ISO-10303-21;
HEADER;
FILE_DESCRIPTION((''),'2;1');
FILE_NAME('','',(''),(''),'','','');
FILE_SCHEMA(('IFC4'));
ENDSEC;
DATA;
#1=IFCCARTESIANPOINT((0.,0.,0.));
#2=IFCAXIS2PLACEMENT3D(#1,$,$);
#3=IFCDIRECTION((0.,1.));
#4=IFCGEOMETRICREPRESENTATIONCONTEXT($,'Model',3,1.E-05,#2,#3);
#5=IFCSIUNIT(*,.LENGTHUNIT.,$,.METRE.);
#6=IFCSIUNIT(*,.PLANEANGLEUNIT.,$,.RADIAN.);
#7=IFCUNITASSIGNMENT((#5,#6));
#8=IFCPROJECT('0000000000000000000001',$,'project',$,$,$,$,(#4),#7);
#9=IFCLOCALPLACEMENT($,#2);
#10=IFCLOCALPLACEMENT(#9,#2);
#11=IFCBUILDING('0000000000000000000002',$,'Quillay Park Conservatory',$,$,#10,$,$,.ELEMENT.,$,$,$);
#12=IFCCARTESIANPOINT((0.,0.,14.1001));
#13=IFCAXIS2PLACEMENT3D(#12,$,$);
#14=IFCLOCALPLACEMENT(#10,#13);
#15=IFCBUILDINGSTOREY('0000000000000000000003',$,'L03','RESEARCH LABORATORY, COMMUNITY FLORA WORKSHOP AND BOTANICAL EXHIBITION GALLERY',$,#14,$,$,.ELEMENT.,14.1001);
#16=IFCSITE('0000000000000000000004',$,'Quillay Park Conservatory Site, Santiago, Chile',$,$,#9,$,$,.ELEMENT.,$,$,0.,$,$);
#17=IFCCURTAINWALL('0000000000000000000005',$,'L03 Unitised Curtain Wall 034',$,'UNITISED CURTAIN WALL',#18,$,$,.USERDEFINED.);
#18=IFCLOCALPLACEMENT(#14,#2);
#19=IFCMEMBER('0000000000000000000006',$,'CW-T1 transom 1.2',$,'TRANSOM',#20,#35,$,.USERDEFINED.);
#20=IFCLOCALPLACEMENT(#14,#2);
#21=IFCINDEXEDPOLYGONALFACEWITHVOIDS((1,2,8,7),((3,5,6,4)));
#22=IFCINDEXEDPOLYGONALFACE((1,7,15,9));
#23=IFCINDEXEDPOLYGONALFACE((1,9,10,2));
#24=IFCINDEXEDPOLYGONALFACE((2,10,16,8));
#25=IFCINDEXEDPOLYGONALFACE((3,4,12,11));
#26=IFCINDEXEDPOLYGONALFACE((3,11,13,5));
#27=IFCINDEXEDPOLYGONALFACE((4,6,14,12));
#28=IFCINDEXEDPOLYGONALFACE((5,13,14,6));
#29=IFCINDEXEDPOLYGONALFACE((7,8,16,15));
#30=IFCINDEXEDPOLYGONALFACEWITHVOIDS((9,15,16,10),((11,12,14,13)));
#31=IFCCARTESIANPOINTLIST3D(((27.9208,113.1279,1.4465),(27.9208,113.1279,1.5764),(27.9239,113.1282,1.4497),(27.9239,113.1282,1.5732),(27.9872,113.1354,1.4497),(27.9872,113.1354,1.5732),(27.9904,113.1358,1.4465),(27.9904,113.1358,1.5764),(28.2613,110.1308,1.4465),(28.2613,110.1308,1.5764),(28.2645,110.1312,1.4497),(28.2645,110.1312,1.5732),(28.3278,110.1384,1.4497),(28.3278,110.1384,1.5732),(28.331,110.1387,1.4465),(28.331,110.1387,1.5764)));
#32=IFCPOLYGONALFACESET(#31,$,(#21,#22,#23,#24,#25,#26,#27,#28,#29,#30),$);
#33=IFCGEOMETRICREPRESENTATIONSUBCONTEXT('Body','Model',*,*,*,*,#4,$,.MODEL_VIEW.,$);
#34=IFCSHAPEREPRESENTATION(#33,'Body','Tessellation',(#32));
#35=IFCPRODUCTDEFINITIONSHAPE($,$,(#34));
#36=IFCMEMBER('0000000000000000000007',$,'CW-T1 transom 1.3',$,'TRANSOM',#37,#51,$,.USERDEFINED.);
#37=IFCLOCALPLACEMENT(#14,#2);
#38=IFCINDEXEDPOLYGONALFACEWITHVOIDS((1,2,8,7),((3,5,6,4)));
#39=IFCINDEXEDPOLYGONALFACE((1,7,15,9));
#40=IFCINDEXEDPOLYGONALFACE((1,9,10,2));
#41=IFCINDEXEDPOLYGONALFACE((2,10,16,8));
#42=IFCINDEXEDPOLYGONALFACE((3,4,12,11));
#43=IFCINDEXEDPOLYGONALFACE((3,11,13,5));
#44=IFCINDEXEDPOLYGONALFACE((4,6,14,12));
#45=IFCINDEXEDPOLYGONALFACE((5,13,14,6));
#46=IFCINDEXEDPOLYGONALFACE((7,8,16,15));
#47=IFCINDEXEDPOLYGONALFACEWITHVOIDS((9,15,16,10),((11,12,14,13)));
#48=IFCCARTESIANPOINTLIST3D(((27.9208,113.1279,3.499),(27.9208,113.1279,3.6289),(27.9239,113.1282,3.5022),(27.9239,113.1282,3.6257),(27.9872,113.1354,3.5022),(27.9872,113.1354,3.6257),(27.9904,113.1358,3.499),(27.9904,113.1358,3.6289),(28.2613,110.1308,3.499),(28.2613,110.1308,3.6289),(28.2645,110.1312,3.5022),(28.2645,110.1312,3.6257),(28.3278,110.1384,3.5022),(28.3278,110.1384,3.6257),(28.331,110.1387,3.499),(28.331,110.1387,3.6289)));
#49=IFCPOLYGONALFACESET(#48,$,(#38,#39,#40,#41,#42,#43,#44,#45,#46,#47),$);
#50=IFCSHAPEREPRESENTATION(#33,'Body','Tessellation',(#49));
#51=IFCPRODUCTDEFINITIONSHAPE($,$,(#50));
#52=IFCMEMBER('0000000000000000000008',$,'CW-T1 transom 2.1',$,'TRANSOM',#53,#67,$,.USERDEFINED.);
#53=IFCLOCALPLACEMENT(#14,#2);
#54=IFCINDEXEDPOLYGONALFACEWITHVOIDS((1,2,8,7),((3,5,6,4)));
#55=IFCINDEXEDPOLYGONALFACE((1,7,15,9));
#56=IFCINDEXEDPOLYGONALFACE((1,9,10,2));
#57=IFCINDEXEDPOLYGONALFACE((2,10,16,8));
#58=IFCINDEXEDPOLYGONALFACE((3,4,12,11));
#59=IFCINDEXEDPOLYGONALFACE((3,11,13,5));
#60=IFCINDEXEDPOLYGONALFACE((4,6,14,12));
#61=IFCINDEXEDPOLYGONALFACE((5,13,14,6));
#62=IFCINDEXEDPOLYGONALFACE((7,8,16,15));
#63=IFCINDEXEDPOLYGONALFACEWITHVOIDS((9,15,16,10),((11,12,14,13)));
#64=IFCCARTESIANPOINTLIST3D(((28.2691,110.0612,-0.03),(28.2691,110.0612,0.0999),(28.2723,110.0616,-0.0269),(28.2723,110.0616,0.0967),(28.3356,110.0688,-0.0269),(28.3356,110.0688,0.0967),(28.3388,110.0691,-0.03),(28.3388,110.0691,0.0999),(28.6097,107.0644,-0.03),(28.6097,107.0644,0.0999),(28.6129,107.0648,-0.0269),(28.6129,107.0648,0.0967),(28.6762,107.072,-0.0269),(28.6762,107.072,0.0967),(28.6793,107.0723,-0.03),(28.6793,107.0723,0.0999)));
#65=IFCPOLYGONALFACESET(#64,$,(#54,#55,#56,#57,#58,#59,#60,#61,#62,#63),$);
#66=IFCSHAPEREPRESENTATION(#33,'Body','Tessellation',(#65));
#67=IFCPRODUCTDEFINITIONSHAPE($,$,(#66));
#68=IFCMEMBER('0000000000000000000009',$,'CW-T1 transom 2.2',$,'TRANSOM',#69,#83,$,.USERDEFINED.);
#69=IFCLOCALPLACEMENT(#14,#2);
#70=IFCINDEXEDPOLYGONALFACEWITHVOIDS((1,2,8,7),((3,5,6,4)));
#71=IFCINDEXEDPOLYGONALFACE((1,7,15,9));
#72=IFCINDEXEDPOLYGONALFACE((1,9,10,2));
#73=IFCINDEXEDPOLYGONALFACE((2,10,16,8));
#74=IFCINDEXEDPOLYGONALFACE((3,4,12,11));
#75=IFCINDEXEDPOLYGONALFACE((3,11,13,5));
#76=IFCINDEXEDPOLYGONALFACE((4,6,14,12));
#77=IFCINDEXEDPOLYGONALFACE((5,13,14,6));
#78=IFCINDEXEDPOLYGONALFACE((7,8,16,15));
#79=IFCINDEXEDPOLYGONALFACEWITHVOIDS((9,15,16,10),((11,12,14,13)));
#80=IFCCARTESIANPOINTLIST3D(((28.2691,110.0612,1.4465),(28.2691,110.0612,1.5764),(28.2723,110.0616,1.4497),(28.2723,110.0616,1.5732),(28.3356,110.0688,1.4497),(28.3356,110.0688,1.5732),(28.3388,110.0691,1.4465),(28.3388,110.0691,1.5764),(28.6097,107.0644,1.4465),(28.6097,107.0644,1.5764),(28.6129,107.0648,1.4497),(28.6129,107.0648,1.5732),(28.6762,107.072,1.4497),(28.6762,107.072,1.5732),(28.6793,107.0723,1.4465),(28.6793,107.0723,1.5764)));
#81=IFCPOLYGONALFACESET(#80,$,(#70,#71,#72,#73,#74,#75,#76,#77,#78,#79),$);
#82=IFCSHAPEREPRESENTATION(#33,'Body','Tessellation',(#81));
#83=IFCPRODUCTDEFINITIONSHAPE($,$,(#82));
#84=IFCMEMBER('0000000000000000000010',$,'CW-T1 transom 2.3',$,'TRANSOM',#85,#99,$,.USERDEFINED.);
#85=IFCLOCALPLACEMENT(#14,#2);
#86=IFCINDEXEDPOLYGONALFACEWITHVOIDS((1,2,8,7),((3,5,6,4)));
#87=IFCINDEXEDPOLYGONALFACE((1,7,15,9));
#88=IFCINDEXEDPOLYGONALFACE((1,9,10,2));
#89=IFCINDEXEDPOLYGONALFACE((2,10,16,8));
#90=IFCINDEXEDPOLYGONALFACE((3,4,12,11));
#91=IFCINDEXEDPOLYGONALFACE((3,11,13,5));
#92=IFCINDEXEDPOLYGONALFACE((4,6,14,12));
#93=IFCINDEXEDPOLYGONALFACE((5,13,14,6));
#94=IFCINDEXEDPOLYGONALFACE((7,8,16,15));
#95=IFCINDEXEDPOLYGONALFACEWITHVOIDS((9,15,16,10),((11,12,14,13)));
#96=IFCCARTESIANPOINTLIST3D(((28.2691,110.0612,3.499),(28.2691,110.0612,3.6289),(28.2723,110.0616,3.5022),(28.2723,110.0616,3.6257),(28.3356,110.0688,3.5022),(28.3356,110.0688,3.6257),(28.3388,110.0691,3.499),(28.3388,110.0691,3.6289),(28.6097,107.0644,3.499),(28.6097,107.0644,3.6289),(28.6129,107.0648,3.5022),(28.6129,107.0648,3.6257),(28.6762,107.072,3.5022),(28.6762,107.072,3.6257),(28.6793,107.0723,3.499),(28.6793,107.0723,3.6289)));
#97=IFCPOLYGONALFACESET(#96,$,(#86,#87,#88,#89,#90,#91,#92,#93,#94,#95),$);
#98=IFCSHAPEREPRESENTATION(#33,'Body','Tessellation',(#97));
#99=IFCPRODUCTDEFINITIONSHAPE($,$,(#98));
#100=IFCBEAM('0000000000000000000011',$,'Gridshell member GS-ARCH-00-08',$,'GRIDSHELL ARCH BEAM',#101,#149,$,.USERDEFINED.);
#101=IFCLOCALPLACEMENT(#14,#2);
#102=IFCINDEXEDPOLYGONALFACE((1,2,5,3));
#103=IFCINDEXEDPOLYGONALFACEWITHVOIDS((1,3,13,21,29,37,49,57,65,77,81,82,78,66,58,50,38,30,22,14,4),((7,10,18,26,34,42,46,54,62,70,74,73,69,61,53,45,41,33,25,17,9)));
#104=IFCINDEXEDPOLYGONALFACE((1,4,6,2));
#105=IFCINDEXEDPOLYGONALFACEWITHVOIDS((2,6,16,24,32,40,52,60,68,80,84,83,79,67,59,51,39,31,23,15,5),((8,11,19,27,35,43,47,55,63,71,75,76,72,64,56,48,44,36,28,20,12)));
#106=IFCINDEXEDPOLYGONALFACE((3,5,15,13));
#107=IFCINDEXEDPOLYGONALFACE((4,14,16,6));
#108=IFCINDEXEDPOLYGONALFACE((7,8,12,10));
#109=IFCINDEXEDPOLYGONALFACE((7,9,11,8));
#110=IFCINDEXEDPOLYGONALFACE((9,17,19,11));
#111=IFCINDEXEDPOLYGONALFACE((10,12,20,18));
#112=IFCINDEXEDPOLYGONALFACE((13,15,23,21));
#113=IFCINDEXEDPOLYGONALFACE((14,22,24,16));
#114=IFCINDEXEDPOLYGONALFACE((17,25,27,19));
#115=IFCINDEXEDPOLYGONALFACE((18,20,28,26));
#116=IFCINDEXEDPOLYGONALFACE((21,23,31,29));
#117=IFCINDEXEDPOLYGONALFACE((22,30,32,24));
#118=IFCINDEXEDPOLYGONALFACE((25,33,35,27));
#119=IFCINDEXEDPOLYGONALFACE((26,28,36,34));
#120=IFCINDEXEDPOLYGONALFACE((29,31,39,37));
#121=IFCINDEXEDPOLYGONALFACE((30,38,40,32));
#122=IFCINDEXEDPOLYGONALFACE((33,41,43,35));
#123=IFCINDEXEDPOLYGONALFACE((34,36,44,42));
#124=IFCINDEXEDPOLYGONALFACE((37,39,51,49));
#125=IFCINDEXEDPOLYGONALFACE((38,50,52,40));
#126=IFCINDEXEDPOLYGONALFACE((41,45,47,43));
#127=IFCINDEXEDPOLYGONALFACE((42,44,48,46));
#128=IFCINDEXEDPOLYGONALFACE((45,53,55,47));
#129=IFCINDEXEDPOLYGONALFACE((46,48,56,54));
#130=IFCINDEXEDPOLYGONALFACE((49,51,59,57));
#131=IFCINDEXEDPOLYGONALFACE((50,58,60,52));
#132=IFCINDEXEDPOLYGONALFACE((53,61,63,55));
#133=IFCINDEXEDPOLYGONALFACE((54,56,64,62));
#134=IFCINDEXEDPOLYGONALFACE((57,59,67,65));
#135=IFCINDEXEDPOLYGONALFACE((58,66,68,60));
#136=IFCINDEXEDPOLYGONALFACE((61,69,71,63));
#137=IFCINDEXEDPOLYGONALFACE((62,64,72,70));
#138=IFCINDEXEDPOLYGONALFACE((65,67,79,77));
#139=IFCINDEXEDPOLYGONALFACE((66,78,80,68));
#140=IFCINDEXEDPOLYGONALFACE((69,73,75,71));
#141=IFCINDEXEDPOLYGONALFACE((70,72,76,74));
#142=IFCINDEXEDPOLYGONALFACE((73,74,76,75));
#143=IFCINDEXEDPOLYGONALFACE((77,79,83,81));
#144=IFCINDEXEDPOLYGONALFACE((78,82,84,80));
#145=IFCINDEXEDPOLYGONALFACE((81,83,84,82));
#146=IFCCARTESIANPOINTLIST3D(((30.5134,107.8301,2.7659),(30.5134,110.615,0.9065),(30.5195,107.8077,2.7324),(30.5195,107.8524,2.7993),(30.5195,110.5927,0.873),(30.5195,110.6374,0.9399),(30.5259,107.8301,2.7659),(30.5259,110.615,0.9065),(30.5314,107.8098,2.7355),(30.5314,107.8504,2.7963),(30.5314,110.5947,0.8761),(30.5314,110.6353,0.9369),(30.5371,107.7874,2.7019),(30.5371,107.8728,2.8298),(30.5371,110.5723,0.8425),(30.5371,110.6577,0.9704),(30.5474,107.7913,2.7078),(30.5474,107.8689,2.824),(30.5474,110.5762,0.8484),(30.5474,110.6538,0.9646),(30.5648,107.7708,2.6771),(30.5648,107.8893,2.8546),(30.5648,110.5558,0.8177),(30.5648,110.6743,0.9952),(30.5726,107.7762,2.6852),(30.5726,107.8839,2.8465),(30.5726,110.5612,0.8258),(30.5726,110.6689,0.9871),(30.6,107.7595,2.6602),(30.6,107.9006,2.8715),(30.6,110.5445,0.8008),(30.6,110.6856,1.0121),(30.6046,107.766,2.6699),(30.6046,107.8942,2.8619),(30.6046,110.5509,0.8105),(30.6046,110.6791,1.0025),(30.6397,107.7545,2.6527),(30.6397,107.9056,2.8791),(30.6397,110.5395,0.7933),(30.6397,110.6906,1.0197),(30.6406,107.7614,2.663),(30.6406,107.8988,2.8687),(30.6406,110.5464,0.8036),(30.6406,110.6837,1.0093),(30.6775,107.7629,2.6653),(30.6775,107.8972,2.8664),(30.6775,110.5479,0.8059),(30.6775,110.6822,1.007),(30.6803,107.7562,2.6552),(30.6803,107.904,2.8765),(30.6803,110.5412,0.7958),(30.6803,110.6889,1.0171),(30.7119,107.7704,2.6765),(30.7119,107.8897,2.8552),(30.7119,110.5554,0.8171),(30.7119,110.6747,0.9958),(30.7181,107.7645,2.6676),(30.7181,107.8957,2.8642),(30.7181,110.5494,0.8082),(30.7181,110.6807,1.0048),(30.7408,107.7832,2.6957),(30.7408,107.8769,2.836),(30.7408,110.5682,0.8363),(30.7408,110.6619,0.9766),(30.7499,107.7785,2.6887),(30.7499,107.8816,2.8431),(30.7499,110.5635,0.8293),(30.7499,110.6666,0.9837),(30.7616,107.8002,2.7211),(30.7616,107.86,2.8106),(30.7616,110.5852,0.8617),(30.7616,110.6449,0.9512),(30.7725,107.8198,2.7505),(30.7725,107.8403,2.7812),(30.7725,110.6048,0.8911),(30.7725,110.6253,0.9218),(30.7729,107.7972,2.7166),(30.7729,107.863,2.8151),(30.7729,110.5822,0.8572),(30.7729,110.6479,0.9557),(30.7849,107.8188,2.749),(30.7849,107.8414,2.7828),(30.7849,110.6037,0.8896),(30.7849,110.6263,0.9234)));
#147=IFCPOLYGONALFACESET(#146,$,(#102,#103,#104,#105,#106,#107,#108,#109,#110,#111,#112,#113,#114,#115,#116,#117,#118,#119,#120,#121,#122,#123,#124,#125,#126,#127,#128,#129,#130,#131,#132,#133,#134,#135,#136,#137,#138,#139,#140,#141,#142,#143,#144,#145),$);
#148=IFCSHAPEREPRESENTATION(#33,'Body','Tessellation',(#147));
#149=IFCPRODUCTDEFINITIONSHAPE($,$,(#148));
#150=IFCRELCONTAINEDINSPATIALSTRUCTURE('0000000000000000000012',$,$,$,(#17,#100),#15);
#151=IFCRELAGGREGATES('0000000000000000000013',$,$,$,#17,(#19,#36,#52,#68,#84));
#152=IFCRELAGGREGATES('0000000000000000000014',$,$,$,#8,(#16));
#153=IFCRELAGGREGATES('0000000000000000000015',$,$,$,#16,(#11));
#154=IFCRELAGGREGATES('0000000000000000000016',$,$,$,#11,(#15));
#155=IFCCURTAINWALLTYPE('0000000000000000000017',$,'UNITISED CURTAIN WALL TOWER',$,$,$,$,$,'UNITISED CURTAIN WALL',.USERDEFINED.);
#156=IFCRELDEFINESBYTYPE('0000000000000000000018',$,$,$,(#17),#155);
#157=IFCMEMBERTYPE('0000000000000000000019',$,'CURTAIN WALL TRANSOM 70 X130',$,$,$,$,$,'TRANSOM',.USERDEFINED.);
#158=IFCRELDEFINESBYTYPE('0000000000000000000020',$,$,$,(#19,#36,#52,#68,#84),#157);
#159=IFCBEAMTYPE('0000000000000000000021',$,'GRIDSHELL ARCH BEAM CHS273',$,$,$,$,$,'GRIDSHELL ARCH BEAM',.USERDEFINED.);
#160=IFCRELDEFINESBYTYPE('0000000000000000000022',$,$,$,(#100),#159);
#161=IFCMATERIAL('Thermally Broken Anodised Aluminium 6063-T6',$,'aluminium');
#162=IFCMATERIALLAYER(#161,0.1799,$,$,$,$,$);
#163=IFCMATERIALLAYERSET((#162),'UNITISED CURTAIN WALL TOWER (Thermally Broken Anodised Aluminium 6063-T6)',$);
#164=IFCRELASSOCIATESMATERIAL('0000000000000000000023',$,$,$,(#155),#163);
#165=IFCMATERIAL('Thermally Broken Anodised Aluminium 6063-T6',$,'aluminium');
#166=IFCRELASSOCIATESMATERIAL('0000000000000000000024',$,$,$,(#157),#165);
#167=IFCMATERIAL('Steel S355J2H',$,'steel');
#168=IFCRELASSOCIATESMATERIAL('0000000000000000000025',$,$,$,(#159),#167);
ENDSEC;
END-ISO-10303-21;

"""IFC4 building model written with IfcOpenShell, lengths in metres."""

from ifc_helpers import new_model, si_unit, direction, frame, origin, origin_2d, place, context, subcontext, project, spatial, hollow_rectangle, hollow_circle, extrude, material, layer, layer_set, material_profile, profile_set, type_object, element, aggregate, save


model = new_model("IFC4")

# Units and contexts
model_context = context("Model", 3, precision=1e-05, world=origin(), true_north=direction((0.0, 1.0)))
body_context = subcontext(model_context, "Body", "Model", "MODEL_VIEW")
ifc_project = project(units=[si_unit("LENGTHUNIT", "METRE"), si_unit("PLANEANGLEUNIT", "RADIAN")], contexts=[model_context])

# Site, building, storey
site_placement = place(None, origin())
site = spatial("IfcSite", under=ifc_project, at=site_placement, Name="Quillay Park Conservatory Site, Santiago, Chile", CompositionType="ELEMENT", RefElevation=0.0)
building_placement = place(site_placement, origin())
building = spatial("IfcBuilding", under=site, at=building_placement, Name="Quillay Park Conservatory", CompositionType="ELEMENT")
storey_placement = place(building_placement, frame((0.0, 0.0, 14.1001)))
storey = spatial("IfcBuildingStorey", under=building, at=storey_placement, Name="L03", Description="RESEARCH LABORATORY, COMMUNITY FLORA WORKSHOP AND BOTANICAL EXHIBITION GALLERY", CompositionType="ELEMENT", Elevation=14.1001)

# Shared definitions
ifc_material_1 = material(Name="Thermally Broken Anodised Aluminium 6063-T6", Category="aluminium")
ifc_layer_1 = layer(ifc_material_1, 0.1799)
ifc_layer_set_1 = layer_set([ifc_layer_1], Name="UNITISED CURTAIN WALL TOWER (Thermally Broken Anodised Aluminium 6063-T6)")
curtain_wall_type = type_object("IfcCurtainWallType", Name="UNITISED CURTAIN WALL TOWER", ElementType="UNITISED CURTAIN WALL", PredefinedType="USERDEFINED", material=ifc_layer_set_1)

# Curtain wall, members
curtain_wall_1_placement = place(storey_placement, origin())
curtain_wall_1 = element("IfcCurtainWall", 1, at=curtain_wall_1_placement, inside=storey, type_object=curtain_wall_type, Name="L03 Unitised Curtain Wall 034", ObjectType="UNITISED CURTAIN WALL", PredefinedType="USERDEFINED")
ifc_material_2 = material(Name="Thermally Broken Anodised Aluminium 6063-T6", Category="aluminium")
ifc_material_profile_1 = material_profile(ifc_material_2, hollow_rectangle(XDim=0.0701, YDim=0.1299, WallThickness=0.0032, at=origin_2d()), Name="AL70x130x3.2")
ifc_profile_set_1 = profile_set([ifc_material_profile_1], Name="Thermally Broken Anodised Aluminium 6063-T6")
member_type_1 = type_object("IfcMemberType", Name="CURTAIN WALL TRANSOM 70 X130", ElementType="TRANSOM", PredefinedType="USERDEFINED", material=ifc_profile_set_1)
member_1_placement = place(storey_placement, frame((27.9556, 113.1318, 1.5115), z_axis=(0.11291, -0.993605, 0.0), x_axis=(0.993605, 0.11291, 0.0)))
member_1 = element("IfcMember", 2, at=member_1_placement, type_object=member_type_1, Name="CW-T1 transom 1.2", ObjectType="TRANSOM", PredefinedType="USERDEFINED", context=body_context, shape_type="SweptSolid", body=[
    extrude(hollow_rectangle(XDim=0.0701, YDim=0.1299, WallThickness=0.0032, at=origin_2d()), origin(), (0.0, 0.0, 1.0), 3.0164),
])
member_2_placement = place(storey_placement, frame((27.9556, 113.1318, 3.564), z_axis=(0.11291, -0.993605, 0.0), x_axis=(0.993605, 0.11291, 0.0)))
member_2 = element("IfcMember", 3, at=member_2_placement, type_object=member_type_1, Name="CW-T1 transom 1.3", ObjectType="TRANSOM", PredefinedType="USERDEFINED", context=body_context, shape_type="SweptSolid", body=[
    extrude(hollow_rectangle(XDim=0.0701, YDim=0.1299, WallThickness=0.0032, at=origin_2d()), origin(), (0.0, 0.0, 1.0), 3.0164),
])
member_3_placement = place(storey_placement, frame((28.304, 110.0652, 0.0349), z_axis=(0.112919, -0.993604, 0.0), x_axis=(0.993604, 0.112919, 0.0)))
member_3 = element("IfcMember", 4, at=member_3_placement, type_object=member_type_1, Name="CW-T1 transom 2.1", ObjectType="TRANSOM", PredefinedType="USERDEFINED", context=body_context, shape_type="SweptSolid", body=[
    extrude(hollow_rectangle(XDim=0.0701, YDim=0.1299, WallThickness=0.0032, at=origin_2d()), origin(), (0.0, 0.0, 1.0), 3.0161),
])
member_4_placement = place(storey_placement, frame((28.304, 110.0652, 1.5115), z_axis=(0.112919, -0.993604, 0.0), x_axis=(0.993604, 0.112919, 0.0)))
member_4 = element("IfcMember", 5, at=member_4_placement, type_object=member_type_1, Name="CW-T1 transom 2.2", ObjectType="TRANSOM", PredefinedType="USERDEFINED", context=body_context, shape_type="SweptSolid", body=[
    extrude(hollow_rectangle(XDim=0.0701, YDim=0.1299, WallThickness=0.0032, at=origin_2d()), origin(), (0.0, 0.0, 1.0), 3.0161),
])
member_5_placement = place(storey_placement, frame((28.304, 110.0652, 3.564), z_axis=(0.112919, -0.993604, 0.0), x_axis=(0.993604, 0.112919, 0.0)))
member_5 = element("IfcMember", 6, at=member_5_placement, type_object=member_type_1, Name="CW-T1 transom 2.3", ObjectType="TRANSOM", PredefinedType="USERDEFINED", context=body_context, shape_type="SweptSolid", body=[
    extrude(hollow_rectangle(XDim=0.0701, YDim=0.1299, WallThickness=0.0032, at=origin_2d()), origin(), (0.0, 0.0, 1.0), 3.0161),
])

# Beam
ifc_material_3 = material(Name="Steel S355J2H", Category="steel")
ifc_material_profile_2 = material_profile(ifc_material_3, hollow_circle(Radius=0.1365, WallThickness=0.0125, at=origin_2d()), Name="CHS273x12.5")
ifc_profile_set_2 = profile_set([ifc_material_profile_2], Name="Steel S355J2H")
beam_type_1 = type_object("IfcBeamType", Name="GRIDSHELL ARCH BEAM CHS273", ElementType="GRIDSHELL ARCH BEAM", PredefinedType="USERDEFINED", material=ifc_profile_set_2)
beam_1_placement = place(storey_placement, frame((30.6499, 107.8301, 2.7659), z_axis=(0.0, 0.831669, -0.555272), x_axis=(-1.0, 0.0, 0.0)))
element("IfcBeam", 7, at=beam_1_placement, inside=storey, type_object=beam_type_1, Name="Gridshell member GS-ARCH-00-08", ObjectType="GRIDSHELL ARCH BEAM", PredefinedType="USERDEFINED", context=body_context, shape_type="SweptSolid", body=[
    extrude(hollow_circle(Radius=0.1365, WallThickness=0.0125, at=origin_2d()), origin(), (0.0, 0.0, 1.0), 3.3486),
])

aggregate(curtain_wall_1, [member_1, member_2, member_3, member_4, member_5])

save(model, "model.ifc")
